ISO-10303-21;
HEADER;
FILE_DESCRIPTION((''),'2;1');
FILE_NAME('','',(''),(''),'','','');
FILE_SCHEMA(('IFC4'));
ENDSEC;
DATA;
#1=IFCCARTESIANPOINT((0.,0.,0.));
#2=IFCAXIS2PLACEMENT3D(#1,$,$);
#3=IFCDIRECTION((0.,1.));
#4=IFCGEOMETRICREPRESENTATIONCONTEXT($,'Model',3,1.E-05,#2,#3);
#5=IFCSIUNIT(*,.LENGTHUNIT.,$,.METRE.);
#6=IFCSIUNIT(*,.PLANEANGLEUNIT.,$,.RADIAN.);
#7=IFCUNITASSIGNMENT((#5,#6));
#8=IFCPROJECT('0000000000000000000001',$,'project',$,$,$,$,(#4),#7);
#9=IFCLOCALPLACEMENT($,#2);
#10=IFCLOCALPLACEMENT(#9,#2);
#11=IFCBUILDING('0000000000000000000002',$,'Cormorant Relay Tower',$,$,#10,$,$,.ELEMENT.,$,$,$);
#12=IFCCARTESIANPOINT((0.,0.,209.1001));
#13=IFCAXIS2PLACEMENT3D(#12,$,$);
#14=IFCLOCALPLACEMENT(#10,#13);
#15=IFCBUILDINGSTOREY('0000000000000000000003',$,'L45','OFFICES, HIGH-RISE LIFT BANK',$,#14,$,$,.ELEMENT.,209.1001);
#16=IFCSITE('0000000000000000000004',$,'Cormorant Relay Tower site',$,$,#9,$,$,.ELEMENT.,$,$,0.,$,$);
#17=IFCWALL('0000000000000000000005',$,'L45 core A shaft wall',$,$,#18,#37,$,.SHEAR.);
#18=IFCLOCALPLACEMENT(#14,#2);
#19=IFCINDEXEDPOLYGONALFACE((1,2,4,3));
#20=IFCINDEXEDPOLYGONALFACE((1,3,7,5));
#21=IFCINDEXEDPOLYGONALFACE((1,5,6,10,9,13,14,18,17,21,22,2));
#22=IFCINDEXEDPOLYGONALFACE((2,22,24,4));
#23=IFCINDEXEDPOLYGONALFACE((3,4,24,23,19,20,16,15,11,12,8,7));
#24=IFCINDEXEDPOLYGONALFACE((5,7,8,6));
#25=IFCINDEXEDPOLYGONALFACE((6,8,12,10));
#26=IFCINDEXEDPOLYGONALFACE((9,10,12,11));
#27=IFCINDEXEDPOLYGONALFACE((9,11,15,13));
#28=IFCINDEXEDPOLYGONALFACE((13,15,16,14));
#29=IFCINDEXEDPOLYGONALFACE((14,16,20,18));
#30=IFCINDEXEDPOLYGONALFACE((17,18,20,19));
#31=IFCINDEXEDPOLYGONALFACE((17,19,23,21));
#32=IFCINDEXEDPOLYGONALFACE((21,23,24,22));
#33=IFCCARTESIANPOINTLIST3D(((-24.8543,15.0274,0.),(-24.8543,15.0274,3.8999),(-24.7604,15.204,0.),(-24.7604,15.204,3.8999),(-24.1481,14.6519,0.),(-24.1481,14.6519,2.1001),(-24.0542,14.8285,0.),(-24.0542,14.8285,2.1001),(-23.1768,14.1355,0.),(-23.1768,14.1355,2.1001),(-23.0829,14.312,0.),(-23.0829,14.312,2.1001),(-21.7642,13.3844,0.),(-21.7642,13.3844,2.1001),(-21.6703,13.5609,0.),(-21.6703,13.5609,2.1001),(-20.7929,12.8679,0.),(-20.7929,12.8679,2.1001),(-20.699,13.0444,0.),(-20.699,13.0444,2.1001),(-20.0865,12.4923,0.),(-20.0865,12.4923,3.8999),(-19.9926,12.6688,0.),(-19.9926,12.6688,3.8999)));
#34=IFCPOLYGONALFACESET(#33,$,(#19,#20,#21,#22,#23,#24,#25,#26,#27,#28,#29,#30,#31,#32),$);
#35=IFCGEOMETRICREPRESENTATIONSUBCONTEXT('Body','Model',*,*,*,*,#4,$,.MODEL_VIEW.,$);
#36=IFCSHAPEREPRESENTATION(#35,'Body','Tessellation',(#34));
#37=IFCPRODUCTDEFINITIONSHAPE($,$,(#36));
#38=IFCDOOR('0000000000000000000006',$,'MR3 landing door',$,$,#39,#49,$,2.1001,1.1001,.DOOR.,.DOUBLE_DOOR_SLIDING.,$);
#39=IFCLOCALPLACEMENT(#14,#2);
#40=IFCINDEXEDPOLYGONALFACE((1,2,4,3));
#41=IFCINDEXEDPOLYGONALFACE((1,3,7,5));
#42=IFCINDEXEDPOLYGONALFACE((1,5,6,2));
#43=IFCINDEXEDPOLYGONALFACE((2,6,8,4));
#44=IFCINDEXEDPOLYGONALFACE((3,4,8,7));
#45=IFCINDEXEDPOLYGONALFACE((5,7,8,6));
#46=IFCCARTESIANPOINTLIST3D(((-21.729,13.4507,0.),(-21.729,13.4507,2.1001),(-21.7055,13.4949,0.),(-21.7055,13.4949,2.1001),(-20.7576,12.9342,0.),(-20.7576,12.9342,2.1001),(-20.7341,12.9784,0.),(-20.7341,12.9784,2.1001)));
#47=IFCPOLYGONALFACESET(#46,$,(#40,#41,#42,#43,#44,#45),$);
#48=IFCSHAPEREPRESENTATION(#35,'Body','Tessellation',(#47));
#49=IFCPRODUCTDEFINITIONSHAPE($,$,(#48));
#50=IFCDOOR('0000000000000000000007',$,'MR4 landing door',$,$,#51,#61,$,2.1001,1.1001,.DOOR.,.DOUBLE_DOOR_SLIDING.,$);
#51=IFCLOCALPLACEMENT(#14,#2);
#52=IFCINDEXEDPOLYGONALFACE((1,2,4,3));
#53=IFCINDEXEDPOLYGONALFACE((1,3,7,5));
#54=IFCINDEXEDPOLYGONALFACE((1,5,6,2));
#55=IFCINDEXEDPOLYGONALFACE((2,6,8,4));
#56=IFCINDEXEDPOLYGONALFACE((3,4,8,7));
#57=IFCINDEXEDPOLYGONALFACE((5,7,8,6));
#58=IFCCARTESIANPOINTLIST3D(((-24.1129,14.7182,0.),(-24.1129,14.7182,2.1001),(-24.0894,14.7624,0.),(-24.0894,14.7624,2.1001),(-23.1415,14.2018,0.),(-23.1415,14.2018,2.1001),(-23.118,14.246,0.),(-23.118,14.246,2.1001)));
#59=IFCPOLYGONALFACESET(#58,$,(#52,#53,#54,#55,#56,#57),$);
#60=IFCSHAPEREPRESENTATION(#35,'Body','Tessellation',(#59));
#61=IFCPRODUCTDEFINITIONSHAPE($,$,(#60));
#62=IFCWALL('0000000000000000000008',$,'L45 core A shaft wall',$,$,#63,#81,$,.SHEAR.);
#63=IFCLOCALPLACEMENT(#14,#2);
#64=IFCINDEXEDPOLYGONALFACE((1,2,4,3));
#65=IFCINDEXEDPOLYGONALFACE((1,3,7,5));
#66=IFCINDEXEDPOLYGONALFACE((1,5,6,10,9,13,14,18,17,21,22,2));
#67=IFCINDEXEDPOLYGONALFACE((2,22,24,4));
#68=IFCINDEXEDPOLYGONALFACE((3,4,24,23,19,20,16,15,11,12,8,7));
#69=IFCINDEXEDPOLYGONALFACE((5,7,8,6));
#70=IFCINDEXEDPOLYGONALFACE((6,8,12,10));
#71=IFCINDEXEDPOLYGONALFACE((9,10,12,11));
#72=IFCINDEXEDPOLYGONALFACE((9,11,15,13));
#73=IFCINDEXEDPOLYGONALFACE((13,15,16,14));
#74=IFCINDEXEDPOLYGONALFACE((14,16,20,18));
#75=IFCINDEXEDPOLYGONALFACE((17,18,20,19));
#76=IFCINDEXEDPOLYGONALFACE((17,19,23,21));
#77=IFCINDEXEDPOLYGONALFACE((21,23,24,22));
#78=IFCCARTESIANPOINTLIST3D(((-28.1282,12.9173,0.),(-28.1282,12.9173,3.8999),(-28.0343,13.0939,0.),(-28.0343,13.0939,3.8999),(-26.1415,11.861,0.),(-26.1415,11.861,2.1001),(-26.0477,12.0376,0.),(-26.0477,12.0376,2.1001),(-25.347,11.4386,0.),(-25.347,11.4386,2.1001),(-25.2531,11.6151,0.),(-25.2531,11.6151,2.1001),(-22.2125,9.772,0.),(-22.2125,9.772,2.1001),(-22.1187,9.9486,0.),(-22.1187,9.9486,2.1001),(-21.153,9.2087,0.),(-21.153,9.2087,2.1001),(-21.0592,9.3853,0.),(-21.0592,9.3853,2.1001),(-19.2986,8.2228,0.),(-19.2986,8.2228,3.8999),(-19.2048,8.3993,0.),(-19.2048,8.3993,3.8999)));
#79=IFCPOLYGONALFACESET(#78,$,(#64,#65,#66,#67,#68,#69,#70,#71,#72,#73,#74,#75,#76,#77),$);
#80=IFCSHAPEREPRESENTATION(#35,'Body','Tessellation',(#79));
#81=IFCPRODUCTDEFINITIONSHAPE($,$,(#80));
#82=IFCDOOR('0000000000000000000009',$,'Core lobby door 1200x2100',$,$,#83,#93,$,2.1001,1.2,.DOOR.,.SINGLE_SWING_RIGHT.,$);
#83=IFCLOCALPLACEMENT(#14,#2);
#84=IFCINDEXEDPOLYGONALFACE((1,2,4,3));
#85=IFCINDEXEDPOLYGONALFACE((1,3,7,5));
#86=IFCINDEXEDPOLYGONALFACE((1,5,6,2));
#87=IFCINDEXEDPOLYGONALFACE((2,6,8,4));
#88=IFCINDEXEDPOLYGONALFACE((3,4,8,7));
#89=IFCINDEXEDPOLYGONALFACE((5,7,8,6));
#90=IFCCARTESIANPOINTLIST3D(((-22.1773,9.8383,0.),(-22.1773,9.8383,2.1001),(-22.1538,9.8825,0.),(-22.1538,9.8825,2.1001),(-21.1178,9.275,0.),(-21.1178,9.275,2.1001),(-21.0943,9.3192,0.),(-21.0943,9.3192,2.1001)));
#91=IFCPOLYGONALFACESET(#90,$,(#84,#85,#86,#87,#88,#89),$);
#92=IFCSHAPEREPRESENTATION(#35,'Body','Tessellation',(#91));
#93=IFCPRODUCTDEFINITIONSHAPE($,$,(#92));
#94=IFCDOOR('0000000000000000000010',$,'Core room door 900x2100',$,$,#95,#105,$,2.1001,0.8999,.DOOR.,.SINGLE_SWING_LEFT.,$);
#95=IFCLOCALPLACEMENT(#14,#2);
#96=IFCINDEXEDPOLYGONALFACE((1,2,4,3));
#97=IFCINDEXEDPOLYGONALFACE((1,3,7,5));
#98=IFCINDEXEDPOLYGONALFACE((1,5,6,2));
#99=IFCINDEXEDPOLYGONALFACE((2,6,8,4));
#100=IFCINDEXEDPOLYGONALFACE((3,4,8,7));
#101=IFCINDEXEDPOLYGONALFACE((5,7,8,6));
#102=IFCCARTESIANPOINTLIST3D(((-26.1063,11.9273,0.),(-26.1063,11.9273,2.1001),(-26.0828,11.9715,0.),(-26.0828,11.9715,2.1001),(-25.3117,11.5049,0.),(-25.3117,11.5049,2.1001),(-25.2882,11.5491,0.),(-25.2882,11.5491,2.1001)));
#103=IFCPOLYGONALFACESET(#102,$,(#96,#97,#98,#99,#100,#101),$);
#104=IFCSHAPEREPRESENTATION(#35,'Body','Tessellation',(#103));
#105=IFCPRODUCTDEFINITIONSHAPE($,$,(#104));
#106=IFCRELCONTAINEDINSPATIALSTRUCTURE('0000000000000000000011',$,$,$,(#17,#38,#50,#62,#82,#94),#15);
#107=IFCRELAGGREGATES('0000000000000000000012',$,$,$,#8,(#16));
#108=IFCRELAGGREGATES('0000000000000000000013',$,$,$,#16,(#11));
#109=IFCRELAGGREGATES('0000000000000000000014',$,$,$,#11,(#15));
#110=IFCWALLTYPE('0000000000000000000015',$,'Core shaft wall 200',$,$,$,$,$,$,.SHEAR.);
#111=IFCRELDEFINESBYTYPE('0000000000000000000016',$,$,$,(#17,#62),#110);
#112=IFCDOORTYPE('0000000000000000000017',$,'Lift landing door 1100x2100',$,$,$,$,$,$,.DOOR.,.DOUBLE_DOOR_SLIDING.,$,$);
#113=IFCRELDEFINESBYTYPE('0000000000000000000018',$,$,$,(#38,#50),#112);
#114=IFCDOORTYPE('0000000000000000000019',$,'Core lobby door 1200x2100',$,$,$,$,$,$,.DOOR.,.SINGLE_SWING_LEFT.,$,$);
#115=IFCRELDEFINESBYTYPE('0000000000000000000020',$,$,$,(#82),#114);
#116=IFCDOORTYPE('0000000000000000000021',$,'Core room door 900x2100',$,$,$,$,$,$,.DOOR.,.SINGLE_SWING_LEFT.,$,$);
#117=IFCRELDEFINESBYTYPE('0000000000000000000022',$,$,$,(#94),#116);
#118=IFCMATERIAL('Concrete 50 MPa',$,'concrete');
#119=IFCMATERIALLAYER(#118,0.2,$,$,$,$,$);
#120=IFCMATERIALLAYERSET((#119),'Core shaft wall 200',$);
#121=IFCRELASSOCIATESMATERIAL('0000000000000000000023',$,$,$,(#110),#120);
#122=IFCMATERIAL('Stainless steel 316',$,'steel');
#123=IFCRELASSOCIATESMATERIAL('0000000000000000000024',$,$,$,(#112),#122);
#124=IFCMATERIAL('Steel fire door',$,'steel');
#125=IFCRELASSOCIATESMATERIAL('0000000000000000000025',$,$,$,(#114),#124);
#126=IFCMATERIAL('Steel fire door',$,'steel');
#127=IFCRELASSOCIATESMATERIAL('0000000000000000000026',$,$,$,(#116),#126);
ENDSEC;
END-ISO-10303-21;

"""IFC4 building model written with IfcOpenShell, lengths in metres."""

from ifc_helpers import new_model, si_unit, direction, frame, frame_2d, origin, place, context, subcontext, project, spatial, rectangle, extrude, material, layer, layer_set, type_object, element, fill, save


model = new_model("IFC4")

# Units and contexts
model_context = context("Model", 3, precision=1e-05, world=origin(), true_north=direction((0.0, 1.0)))
body_context = subcontext(model_context, "Body", "Model", "MODEL_VIEW")
ifc_project = project(units=[si_unit("LENGTHUNIT", "METRE"), si_unit("PLANEANGLEUNIT", "RADIAN")], contexts=[model_context])

# Site, building, storey
site_placement = place(None, origin())
site = spatial("IfcSite", under=ifc_project, at=site_placement, Name="Cormorant Relay Tower site", CompositionType="ELEMENT", RefElevation=0.0)
building_placement = place(site_placement, origin())
building = spatial("IfcBuilding", under=site, at=building_placement, Name="Cormorant Relay Tower", CompositionType="ELEMENT")
storey_placement = place(building_placement, frame((0.0, 0.0, 209.1001)))
storey = spatial("IfcBuildingStorey", under=building, at=storey_placement, Name="L45", Description="OFFICES, HIGH-RISE LIFT BANK", CompositionType="ELEMENT", Elevation=209.1001)

# Shared definitions
ifc_material_1 = material(Name="Concrete 50 MPa", Category="concrete")
ifc_layer_1 = layer(ifc_material_1, 0.2)
ifc_layer_set_1 = layer_set([ifc_layer_1], Name="Core shaft wall 200")
wall_type_1 = type_object("IfcWallType", Name="Core shaft wall 200", PredefinedType="SHEAR", material=ifc_layer_set_1)

# Walls, openings, doors
wall_1_placement = place(storey_placement, frame((-20.0396, 12.5806, 0.0), z_axis=(0.0, 0.0, 1.0), x_axis=(-0.882943, 0.46948, 0.0)))
wall_1 = element("IfcWall", 1, at=wall_1_placement, inside=storey, type_object=wall_type_1, Name="L45 core A shaft wall", PredefinedType="SHEAR", context=body_context, shape_type="SweptSolid", body=[
    extrude(rectangle(XDim=5.3999, YDim=0.2, at=frame_2d((2.7, 0.0))), origin(), (0.0, 0.0, 1.0), 3.8999),
])
opening_1_placement = place(wall_1_placement, frame((0.8, 0.0, 0.0)))
opening_1 = element("IfcOpeningElement", 2, at=opening_1_placement, cuts=wall_1, PredefinedType="OPENING", context=body_context, shape_type="SweptSolid", body=[
    extrude(rectangle(XDim=1.1001, YDim=2.1001, at=frame_2d((0.55, 1.05))), frame((0.0, 0.1099, 0.0), z_axis=(0.0, -1.0, 0.0), x_axis=(1.0, 0.0, 0.0)), (0.0, 0.0, 1.0), 0.22),
])
opening_2_placement = place(wall_1_placement, frame((3.5, 0.0, 0.0)))
opening_2 = element("IfcOpeningElement", 3, at=opening_2_placement, cuts=wall_1, PredefinedType="OPENING", context=body_context, shape_type="SweptSolid", body=[
    extrude(rectangle(XDim=1.1001, YDim=2.1001, at=frame_2d((0.55, 1.05))), frame((0.0, 0.1099, 0.0), z_axis=(0.0, -1.0, 0.0), x_axis=(1.0, 0.0, 0.0)), (0.0, 0.0, 1.0), 0.22),
])
ifc_material_2 = material(Name="Stainless steel 316", Category="steel")
door_type_1 = type_object("IfcDoorType", Name="Lift landing door 1100x2100", OperationType="DOUBLE_DOOR_SLIDING", PredefinedType="DOOR", material=ifc_material_2)
door_1_placement = place(opening_1_placement, origin())
door_1 = element("IfcDoor", 4, at=door_1_placement, inside=storey, type_object=door_type_1, Name="MR3 landing door", OperationType="DOUBLE_DOOR_SLIDING", OverallHeight=2.1001, OverallWidth=1.1001, PredefinedType="DOOR", context=body_context, shape_type="SweptSolid", body=[
    extrude(rectangle(XDim=1.1001, YDim=2.1001, at=frame_2d((0.55, 1.05))), frame((0.0, 0.0249, 0.0), z_axis=(0.0, -1.0, 0.0), x_axis=(1.0, 0.0, 0.0)), (0.0, 0.0, 1.0), 0.05),
])
fill(opening_1, door_1)
door_2_placement = place(opening_2_placement, origin())
door_2 = element("IfcDoor", 5, at=door_2_placement, inside=storey, type_object=door_type_1, Name="MR4 landing door", OperationType="DOUBLE_DOOR_SLIDING", OverallHeight=2.1001, OverallWidth=1.1001, PredefinedType="DOOR", context=body_context, shape_type="SweptSolid", body=[
    extrude(rectangle(XDim=1.1001, YDim=2.1001, at=frame_2d((0.55, 1.05))), frame((0.0, 0.0249, 0.0), z_axis=(0.0, -1.0, 0.0), x_axis=(1.0, 0.0, 0.0)), (0.0, 0.0, 1.0), 0.05),
])
fill(opening_2, door_2)
wall_2_placement = place(storey_placement, frame((-19.2517, 8.311, 0.0), z_axis=(0.0, 0.0, 1.0), x_axis=(-0.882956, 0.469456, 0.0)))
wall_2 = element("IfcWall", 6, at=wall_2_placement, inside=storey, type_object=wall_type_1, Name="L45 core A shaft wall", PredefinedType="SHEAR", context=body_context, shape_type="SweptSolid", body=[
    extrude(rectangle(XDim=10.0, YDim=0.2, at=frame_2d((5.0, 0.0))), origin(), (0.0, 0.0, 1.0), 3.8999),
])
opening_3_placement = place(wall_2_placement, frame((2.1001, 0.0, 0.0)))
opening_3 = element("IfcOpeningElement", 7, at=opening_3_placement, cuts=wall_2, PredefinedType="OPENING", context=body_context, shape_type="SweptSolid", body=[
    extrude(rectangle(XDim=1.2, YDim=2.1001, at=frame_2d((0.6001, 1.05))), frame((0.0, 0.1099, 0.0), z_axis=(0.0, -1.0, 0.0), x_axis=(1.0, 0.0, 0.0)), (0.0, 0.0, 1.0), 0.22),
])
opening_4_placement = place(wall_2_placement, frame((6.8501, 0.0, 0.0)))
opening_4 = element("IfcOpeningElement", 8, at=opening_4_placement, cuts=wall_2, PredefinedType="OPENING", context=body_context, shape_type="SweptSolid", body=[
    extrude(rectangle(XDim=0.8999, YDim=2.1001, at=frame_2d((0.45, 1.05))), frame((0.0, 0.1099, 0.0), z_axis=(0.0, -1.0, 0.0), x_axis=(1.0, 0.0, 0.0)), (0.0, 0.0, 1.0), 0.22),
])
ifc_material_3 = material(Name="Steel fire door", Category="steel")
door_type_2 = type_object("IfcDoorType", Name="Core lobby door 1200x2100", OperationType="SINGLE_SWING_LEFT", PredefinedType="DOOR", material=ifc_material_3)
door_3_placement = place(opening_3_placement, origin())
door_3 = element("IfcDoor", 9, at=door_3_placement, inside=storey, type_object=door_type_2, Name="Core lobby door 1200x2100", OperationType="SINGLE_SWING_RIGHT", OverallHeight=2.1001, OverallWidth=1.2, PredefinedType="DOOR", context=body_context, shape_type="SweptSolid", body=[
    extrude(rectangle(XDim=1.2, YDim=2.1001, at=frame_2d((0.6001, 1.05))), frame((0.0, 0.0249, 0.0), z_axis=(0.0, -1.0, 0.0), x_axis=(1.0, 0.0, 0.0)), (0.0, 0.0, 1.0), 0.05),
])
fill(opening_3, door_3)
ifc_material_4 = material(Name="Steel fire door", Category="steel")
door_type_3 = type_object("IfcDoorType", Name="Core room door 900x2100", OperationType="SINGLE_SWING_LEFT", PredefinedType="DOOR", material=ifc_material_4)
door_4_placement = place(opening_4_placement, origin())
door_4 = element("IfcDoor", 10, at=door_4_placement, inside=storey, type_object=door_type_3, Name="Core room door 900x2100", OperationType="SINGLE_SWING_LEFT", OverallHeight=2.1001, OverallWidth=0.8999, PredefinedType="DOOR", context=body_context, shape_type="SweptSolid", body=[
    extrude(rectangle(XDim=0.8999, YDim=2.1001, at=frame_2d((0.45, 1.05))), frame((0.0, 0.0249, 0.0), z_axis=(0.0, -1.0, 0.0), x_axis=(1.0, 0.0, 0.0)), (0.0, 0.0, 1.0), 0.05),
])
fill(opening_4, door_4)

save(model, "model.ifc")
